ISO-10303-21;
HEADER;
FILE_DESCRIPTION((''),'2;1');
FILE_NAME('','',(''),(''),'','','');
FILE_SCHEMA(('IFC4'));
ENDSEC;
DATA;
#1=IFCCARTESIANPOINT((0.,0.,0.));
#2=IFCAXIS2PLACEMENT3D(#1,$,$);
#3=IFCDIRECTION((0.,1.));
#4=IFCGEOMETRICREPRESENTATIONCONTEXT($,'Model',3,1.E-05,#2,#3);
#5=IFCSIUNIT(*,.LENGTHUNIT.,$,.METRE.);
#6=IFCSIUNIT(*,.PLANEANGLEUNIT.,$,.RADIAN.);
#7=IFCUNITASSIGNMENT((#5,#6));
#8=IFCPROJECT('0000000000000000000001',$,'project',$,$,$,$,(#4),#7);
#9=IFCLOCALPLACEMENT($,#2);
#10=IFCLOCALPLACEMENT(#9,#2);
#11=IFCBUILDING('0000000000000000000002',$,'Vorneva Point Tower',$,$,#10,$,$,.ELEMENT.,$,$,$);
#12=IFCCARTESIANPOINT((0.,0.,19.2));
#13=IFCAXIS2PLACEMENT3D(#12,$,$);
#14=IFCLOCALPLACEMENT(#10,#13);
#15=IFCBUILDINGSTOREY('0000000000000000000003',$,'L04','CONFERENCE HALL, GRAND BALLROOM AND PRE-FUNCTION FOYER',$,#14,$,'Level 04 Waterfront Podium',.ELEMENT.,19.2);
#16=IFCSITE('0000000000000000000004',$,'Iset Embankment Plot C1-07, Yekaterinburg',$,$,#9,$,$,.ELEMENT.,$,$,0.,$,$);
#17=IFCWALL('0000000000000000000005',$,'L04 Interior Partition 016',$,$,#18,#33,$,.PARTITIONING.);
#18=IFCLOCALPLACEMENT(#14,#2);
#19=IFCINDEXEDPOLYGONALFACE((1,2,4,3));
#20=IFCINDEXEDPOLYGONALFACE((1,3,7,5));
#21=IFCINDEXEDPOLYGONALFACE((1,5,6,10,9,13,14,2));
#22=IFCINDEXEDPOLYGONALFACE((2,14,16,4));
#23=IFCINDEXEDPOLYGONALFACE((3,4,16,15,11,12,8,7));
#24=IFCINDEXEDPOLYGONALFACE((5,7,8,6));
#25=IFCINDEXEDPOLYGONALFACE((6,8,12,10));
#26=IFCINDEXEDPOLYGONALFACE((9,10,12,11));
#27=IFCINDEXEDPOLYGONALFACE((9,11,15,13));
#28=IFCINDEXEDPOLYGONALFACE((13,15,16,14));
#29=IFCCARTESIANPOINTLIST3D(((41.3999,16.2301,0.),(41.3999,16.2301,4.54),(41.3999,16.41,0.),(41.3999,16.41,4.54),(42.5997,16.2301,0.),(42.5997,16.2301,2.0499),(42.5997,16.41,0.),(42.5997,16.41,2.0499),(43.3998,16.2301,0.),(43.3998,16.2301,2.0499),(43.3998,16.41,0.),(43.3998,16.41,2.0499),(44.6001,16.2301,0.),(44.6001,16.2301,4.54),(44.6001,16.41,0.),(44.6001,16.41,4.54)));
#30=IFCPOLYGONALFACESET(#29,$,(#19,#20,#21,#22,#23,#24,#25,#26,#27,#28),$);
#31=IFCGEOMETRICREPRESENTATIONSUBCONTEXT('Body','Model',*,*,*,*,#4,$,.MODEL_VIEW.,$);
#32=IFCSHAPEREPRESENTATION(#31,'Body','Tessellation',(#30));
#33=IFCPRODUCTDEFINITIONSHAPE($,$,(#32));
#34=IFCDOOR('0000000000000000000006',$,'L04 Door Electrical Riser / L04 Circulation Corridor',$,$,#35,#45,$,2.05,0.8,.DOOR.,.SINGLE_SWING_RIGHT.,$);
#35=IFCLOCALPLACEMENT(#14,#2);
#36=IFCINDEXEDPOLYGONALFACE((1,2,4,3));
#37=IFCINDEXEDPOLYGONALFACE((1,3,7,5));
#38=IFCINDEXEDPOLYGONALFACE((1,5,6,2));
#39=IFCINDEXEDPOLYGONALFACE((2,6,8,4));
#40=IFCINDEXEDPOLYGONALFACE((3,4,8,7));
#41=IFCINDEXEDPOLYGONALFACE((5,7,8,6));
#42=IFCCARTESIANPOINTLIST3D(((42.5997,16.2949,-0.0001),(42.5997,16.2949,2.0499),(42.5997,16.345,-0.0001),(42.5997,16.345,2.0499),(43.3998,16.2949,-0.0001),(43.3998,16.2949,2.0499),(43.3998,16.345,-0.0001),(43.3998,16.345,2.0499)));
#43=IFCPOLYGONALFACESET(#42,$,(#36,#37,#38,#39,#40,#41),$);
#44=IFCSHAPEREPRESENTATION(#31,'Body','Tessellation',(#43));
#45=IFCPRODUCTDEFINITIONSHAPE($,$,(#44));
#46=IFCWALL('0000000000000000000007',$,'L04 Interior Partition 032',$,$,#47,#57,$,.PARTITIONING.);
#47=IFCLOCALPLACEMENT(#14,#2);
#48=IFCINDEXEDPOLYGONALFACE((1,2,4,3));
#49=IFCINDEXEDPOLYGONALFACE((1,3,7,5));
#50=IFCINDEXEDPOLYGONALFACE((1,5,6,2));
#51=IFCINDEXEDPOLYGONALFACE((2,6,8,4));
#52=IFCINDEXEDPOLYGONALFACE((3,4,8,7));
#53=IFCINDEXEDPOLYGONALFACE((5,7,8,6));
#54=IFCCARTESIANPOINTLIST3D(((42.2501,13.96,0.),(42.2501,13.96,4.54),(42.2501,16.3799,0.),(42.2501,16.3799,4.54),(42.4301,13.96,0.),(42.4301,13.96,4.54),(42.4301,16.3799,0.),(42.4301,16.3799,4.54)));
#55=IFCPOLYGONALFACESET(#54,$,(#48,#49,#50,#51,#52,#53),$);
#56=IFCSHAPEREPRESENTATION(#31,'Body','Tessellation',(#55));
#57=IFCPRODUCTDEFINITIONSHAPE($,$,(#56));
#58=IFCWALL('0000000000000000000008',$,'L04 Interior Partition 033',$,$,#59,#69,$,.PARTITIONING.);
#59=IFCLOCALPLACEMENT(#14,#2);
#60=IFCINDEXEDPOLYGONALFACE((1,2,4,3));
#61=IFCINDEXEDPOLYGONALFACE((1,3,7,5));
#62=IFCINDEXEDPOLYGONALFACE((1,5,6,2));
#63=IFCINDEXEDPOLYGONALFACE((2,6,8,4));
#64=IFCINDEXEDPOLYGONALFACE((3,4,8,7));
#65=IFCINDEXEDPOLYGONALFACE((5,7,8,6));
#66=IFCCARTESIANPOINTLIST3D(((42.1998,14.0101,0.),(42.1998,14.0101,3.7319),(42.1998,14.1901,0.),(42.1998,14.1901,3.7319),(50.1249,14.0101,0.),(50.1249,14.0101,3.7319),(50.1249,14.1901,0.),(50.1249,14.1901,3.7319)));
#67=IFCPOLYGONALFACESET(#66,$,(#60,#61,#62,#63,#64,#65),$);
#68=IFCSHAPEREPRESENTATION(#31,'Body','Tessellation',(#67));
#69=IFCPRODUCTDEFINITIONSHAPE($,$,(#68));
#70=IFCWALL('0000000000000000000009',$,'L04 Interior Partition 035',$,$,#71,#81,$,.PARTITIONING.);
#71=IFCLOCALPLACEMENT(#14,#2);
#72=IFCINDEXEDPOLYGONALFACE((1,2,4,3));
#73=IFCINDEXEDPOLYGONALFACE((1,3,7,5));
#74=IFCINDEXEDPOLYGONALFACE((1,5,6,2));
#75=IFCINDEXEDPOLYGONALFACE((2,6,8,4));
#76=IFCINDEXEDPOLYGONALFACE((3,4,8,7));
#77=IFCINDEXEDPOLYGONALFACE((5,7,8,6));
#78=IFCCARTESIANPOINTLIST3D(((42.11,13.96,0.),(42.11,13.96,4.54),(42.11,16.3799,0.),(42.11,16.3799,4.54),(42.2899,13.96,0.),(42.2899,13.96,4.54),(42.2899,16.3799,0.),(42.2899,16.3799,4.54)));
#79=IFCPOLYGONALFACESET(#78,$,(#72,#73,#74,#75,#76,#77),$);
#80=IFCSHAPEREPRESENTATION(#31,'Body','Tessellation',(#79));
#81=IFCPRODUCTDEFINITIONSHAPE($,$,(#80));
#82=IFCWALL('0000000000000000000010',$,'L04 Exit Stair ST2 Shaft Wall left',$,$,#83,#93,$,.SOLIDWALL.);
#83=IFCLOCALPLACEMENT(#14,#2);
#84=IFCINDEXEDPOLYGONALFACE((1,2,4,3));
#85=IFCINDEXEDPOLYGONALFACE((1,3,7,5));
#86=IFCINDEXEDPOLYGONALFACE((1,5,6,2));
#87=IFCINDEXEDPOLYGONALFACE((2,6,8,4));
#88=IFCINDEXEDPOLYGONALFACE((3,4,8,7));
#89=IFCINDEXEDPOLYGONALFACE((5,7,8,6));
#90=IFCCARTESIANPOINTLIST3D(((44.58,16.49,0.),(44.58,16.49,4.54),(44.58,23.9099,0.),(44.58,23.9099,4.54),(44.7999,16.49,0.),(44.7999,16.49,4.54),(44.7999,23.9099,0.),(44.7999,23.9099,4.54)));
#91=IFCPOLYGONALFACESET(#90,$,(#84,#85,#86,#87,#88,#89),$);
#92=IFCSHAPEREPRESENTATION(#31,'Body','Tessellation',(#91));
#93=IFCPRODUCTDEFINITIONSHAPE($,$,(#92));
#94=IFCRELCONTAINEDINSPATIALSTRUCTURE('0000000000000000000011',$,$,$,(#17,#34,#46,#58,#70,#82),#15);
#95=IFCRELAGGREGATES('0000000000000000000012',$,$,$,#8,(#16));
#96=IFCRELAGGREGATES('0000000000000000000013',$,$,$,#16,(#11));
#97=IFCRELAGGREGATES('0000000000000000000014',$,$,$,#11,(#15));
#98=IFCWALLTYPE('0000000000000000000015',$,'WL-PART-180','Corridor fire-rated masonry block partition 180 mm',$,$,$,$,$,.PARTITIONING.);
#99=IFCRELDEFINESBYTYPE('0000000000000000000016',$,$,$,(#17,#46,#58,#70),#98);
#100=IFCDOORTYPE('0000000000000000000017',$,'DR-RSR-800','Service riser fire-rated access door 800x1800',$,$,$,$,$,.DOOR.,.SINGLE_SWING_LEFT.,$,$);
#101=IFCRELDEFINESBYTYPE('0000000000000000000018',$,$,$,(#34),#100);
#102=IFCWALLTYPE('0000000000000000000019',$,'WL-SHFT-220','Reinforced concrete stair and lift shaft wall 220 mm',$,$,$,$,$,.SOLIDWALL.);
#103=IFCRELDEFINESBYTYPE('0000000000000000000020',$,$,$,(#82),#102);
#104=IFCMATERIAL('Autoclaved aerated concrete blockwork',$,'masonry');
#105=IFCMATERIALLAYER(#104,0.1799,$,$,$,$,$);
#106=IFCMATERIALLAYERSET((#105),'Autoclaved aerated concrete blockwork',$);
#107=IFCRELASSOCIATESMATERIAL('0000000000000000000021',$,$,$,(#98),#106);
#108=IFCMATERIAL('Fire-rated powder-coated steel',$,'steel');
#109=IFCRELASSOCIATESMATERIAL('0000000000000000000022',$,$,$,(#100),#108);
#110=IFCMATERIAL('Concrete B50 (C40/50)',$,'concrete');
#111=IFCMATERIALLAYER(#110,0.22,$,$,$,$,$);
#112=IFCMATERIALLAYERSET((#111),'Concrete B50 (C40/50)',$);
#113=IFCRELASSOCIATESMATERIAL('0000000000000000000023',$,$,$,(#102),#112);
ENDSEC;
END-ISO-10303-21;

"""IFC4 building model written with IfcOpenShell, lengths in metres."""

from ifc_helpers import new_model, si_unit, direction, frame, frame_2d, origin, place, context, subcontext, project, spatial, rectangle, extrude, material, layer, layer_set, type_object, element, fill, save


model = new_model("IFC4")

# Units and contexts
model_context = context("Model", 3, precision=1e-05, world=origin(), true_north=direction((0.0, 1.0)))
body_context = subcontext(model_context, "Body", "Model", "MODEL_VIEW")
ifc_project = project(units=[si_unit("LENGTHUNIT", "METRE"), si_unit("PLANEANGLEUNIT", "RADIAN")], contexts=[model_context])

# Site, building, storey
site_placement = place(None, origin())
site = spatial("IfcSite", under=ifc_project, at=site_placement, Name="Iset Embankment Plot C1-07, Yekaterinburg", CompositionType="ELEMENT", RefElevation=0.0)
building_placement = place(site_placement, origin())
building = spatial("IfcBuilding", under=site, at=building_placement, Name="Vorneva Point Tower", CompositionType="ELEMENT")
storey_placement = place(building_placement, frame((0.0, 0.0, 19.2)))
storey = spatial("IfcBuildingStorey", under=building, at=storey_placement, Name="L04", Description="CONFERENCE HALL, GRAND BALLROOM AND PRE-FUNCTION FOYER", LongName="Level 04 Waterfront Podium", CompositionType="ELEMENT", Elevation=19.2)

# Wall, opening, door
ifc_material_1 = material(Name="Autoclaved aerated concrete blockwork", Category="masonry")
ifc_layer_1 = layer(ifc_material_1, 0.1799)
ifc_layer_set_1 = layer_set([ifc_layer_1], Name="Autoclaved aerated concrete blockwork")
wall_type_1 = type_object("IfcWallType", Name="WL-PART-180", Description="Corridor fire-rated masonry block partition 180 mm", PredefinedType="PARTITIONING", material=ifc_layer_set_1)
ifc_material_2 = material(Name="Fire-rated powder-coated steel", Category="steel")
door_type_1 = type_object("IfcDoorType", Name="DR-RSR-800", Description="Service riser fire-rated access door 800x1800", OperationType="SINGLE_SWING_LEFT", PredefinedType="DOOR", material=ifc_material_2)
wall_1_placement = place(storey_placement, frame((41.3999, 16.3201, 0.0), z_axis=(0.0, 0.0, 1.0), x_axis=(1.0, 0.0, 0.0)))
wall_1 = element("IfcWall", 1, at=wall_1_placement, inside=storey, type_object=wall_type_1, Name="L04 Interior Partition 016", PredefinedType="PARTITIONING", context=body_context, shape_type="SweptSolid", body=[
    extrude(rectangle(XDim=3.2002, YDim=0.1799, at=frame_2d((1.6001, 0.0))), origin(), (0.0, 0.0, 1.0), 4.54),
])
opening_1_placement = place(wall_1_placement, frame((1.2, 0.0, 0.0)))
opening_1 = element("IfcOpeningElement", 2, at=opening_1_placement, cuts=wall_1, PredefinedType="OPENING", context=body_context, shape_type="SweptSolid", body=[
    extrude(rectangle(XDim=0.8, YDim=2.05, at=frame_2d((0.3999, 1.0249))), frame((0.0, 0.105, 0.0), z_axis=(0.0, -1.0, 0.0), x_axis=(1.0, 0.0, 0.0)), (0.0, 0.0, 1.0), 0.2097),
])
door_1_placement = place(opening_1_placement, origin())
door_1 = element("IfcDoor", 3, at=door_1_placement, inside=storey, type_object=door_type_1, Name="L04 Door Electrical Riser / L04 Circulation Corridor", OperationType="SINGLE_SWING_RIGHT", OverallHeight=2.05, OverallWidth=0.8, PredefinedType="DOOR", context=body_context, shape_type="SweptSolid", body=[
    extrude(rectangle(XDim=0.8, YDim=2.05, at=frame_2d((0.3999, 1.0249))), frame((0.0, 0.0249, 0.0), z_axis=(0.0, -1.0, 0.0), x_axis=(1.0, 0.0, 0.0)), (0.0, 0.0, 1.0), 0.05),
])
fill(opening_1, door_1)

# Walls
wall_2_placement = place(storey_placement, frame((42.3401, 16.3799, 0.0), z_axis=(0.0, 0.0, 1.0), x_axis=(0.0, -1.0, 0.0)))
element("IfcWall", 4, at=wall_2_placement, inside=storey, type_object=wall_type_1, Name="L04 Interior Partition 032", PredefinedType="PARTITIONING", context=body_context, shape_type="SweptSolid", body=[
    extrude(rectangle(XDim=2.4199, YDim=0.1799, at=frame_2d((1.21, 0.0))), origin(), (0.0, 0.0, 1.0), 4.54),
])
wall_3_placement = place(storey_placement, frame((42.2, 14.1001, 0.0), z_axis=(0.0, 0.0, 1.0), x_axis=(1.0, 0.0, 0.0)))
element("IfcWall", 5, at=wall_3_placement, inside=storey, type_object=wall_type_1, Name="L04 Interior Partition 033", PredefinedType="PARTITIONING", context=body_context, shape_type="SweptSolid", body=[
    extrude(rectangle(XDim=7.925, YDim=0.1799, at=frame_2d((3.9624, 0.0))), origin(), (0.0, 0.0, 1.0), 3.7319),
])
wall_4_placement = place(storey_placement, frame((42.2, 13.96, 0.0), z_axis=(0.0, 0.0, 1.0), x_axis=(0.0, 1.0, 0.0)))
element("IfcWall", 6, at=wall_4_placement, inside=storey, type_object=wall_type_1, Name="L04 Interior Partition 035", PredefinedType="PARTITIONING", context=body_context, shape_type="SweptSolid", body=[
    extrude(rectangle(XDim=2.4199, YDim=0.1799, at=frame_2d((1.21, 0.0))), origin(), (0.0, 0.0, 1.0), 4.54),
])
ifc_material_3 = material(Name="Concrete B50 (C40/50)", Category="concrete")
ifc_layer_2 = layer(ifc_material_3, 0.22)
ifc_layer_set_2 = layer_set([ifc_layer_2], Name="Concrete B50 (C40/50)")
wall_type_2 = type_object("IfcWallType", Name="WL-SHFT-220", Description="Reinforced concrete stair and lift shaft wall 220 mm", PredefinedType="SOLIDWALL", material=ifc_layer_set_2)
wall_5_placement = place(storey_placement, frame((44.6899, 16.49, 0.0), z_axis=(0.0, 0.0, 1.0), x_axis=(0.0, 1.0, 0.0)))
element("IfcWall", 7, at=wall_5_placement, inside=storey, type_object=wall_type_2, Name="L04 Exit Stair ST2 Shaft Wall left", PredefinedType="SOLIDWALL", context=body_context, shape_type="SweptSolid", body=[
    extrude(rectangle(XDim=7.4199, YDim=0.22, at=frame_2d((3.71, 0.0))), origin(), (0.0, 0.0, 1.0), 4.54),
])

save(model, "model.ifc")
